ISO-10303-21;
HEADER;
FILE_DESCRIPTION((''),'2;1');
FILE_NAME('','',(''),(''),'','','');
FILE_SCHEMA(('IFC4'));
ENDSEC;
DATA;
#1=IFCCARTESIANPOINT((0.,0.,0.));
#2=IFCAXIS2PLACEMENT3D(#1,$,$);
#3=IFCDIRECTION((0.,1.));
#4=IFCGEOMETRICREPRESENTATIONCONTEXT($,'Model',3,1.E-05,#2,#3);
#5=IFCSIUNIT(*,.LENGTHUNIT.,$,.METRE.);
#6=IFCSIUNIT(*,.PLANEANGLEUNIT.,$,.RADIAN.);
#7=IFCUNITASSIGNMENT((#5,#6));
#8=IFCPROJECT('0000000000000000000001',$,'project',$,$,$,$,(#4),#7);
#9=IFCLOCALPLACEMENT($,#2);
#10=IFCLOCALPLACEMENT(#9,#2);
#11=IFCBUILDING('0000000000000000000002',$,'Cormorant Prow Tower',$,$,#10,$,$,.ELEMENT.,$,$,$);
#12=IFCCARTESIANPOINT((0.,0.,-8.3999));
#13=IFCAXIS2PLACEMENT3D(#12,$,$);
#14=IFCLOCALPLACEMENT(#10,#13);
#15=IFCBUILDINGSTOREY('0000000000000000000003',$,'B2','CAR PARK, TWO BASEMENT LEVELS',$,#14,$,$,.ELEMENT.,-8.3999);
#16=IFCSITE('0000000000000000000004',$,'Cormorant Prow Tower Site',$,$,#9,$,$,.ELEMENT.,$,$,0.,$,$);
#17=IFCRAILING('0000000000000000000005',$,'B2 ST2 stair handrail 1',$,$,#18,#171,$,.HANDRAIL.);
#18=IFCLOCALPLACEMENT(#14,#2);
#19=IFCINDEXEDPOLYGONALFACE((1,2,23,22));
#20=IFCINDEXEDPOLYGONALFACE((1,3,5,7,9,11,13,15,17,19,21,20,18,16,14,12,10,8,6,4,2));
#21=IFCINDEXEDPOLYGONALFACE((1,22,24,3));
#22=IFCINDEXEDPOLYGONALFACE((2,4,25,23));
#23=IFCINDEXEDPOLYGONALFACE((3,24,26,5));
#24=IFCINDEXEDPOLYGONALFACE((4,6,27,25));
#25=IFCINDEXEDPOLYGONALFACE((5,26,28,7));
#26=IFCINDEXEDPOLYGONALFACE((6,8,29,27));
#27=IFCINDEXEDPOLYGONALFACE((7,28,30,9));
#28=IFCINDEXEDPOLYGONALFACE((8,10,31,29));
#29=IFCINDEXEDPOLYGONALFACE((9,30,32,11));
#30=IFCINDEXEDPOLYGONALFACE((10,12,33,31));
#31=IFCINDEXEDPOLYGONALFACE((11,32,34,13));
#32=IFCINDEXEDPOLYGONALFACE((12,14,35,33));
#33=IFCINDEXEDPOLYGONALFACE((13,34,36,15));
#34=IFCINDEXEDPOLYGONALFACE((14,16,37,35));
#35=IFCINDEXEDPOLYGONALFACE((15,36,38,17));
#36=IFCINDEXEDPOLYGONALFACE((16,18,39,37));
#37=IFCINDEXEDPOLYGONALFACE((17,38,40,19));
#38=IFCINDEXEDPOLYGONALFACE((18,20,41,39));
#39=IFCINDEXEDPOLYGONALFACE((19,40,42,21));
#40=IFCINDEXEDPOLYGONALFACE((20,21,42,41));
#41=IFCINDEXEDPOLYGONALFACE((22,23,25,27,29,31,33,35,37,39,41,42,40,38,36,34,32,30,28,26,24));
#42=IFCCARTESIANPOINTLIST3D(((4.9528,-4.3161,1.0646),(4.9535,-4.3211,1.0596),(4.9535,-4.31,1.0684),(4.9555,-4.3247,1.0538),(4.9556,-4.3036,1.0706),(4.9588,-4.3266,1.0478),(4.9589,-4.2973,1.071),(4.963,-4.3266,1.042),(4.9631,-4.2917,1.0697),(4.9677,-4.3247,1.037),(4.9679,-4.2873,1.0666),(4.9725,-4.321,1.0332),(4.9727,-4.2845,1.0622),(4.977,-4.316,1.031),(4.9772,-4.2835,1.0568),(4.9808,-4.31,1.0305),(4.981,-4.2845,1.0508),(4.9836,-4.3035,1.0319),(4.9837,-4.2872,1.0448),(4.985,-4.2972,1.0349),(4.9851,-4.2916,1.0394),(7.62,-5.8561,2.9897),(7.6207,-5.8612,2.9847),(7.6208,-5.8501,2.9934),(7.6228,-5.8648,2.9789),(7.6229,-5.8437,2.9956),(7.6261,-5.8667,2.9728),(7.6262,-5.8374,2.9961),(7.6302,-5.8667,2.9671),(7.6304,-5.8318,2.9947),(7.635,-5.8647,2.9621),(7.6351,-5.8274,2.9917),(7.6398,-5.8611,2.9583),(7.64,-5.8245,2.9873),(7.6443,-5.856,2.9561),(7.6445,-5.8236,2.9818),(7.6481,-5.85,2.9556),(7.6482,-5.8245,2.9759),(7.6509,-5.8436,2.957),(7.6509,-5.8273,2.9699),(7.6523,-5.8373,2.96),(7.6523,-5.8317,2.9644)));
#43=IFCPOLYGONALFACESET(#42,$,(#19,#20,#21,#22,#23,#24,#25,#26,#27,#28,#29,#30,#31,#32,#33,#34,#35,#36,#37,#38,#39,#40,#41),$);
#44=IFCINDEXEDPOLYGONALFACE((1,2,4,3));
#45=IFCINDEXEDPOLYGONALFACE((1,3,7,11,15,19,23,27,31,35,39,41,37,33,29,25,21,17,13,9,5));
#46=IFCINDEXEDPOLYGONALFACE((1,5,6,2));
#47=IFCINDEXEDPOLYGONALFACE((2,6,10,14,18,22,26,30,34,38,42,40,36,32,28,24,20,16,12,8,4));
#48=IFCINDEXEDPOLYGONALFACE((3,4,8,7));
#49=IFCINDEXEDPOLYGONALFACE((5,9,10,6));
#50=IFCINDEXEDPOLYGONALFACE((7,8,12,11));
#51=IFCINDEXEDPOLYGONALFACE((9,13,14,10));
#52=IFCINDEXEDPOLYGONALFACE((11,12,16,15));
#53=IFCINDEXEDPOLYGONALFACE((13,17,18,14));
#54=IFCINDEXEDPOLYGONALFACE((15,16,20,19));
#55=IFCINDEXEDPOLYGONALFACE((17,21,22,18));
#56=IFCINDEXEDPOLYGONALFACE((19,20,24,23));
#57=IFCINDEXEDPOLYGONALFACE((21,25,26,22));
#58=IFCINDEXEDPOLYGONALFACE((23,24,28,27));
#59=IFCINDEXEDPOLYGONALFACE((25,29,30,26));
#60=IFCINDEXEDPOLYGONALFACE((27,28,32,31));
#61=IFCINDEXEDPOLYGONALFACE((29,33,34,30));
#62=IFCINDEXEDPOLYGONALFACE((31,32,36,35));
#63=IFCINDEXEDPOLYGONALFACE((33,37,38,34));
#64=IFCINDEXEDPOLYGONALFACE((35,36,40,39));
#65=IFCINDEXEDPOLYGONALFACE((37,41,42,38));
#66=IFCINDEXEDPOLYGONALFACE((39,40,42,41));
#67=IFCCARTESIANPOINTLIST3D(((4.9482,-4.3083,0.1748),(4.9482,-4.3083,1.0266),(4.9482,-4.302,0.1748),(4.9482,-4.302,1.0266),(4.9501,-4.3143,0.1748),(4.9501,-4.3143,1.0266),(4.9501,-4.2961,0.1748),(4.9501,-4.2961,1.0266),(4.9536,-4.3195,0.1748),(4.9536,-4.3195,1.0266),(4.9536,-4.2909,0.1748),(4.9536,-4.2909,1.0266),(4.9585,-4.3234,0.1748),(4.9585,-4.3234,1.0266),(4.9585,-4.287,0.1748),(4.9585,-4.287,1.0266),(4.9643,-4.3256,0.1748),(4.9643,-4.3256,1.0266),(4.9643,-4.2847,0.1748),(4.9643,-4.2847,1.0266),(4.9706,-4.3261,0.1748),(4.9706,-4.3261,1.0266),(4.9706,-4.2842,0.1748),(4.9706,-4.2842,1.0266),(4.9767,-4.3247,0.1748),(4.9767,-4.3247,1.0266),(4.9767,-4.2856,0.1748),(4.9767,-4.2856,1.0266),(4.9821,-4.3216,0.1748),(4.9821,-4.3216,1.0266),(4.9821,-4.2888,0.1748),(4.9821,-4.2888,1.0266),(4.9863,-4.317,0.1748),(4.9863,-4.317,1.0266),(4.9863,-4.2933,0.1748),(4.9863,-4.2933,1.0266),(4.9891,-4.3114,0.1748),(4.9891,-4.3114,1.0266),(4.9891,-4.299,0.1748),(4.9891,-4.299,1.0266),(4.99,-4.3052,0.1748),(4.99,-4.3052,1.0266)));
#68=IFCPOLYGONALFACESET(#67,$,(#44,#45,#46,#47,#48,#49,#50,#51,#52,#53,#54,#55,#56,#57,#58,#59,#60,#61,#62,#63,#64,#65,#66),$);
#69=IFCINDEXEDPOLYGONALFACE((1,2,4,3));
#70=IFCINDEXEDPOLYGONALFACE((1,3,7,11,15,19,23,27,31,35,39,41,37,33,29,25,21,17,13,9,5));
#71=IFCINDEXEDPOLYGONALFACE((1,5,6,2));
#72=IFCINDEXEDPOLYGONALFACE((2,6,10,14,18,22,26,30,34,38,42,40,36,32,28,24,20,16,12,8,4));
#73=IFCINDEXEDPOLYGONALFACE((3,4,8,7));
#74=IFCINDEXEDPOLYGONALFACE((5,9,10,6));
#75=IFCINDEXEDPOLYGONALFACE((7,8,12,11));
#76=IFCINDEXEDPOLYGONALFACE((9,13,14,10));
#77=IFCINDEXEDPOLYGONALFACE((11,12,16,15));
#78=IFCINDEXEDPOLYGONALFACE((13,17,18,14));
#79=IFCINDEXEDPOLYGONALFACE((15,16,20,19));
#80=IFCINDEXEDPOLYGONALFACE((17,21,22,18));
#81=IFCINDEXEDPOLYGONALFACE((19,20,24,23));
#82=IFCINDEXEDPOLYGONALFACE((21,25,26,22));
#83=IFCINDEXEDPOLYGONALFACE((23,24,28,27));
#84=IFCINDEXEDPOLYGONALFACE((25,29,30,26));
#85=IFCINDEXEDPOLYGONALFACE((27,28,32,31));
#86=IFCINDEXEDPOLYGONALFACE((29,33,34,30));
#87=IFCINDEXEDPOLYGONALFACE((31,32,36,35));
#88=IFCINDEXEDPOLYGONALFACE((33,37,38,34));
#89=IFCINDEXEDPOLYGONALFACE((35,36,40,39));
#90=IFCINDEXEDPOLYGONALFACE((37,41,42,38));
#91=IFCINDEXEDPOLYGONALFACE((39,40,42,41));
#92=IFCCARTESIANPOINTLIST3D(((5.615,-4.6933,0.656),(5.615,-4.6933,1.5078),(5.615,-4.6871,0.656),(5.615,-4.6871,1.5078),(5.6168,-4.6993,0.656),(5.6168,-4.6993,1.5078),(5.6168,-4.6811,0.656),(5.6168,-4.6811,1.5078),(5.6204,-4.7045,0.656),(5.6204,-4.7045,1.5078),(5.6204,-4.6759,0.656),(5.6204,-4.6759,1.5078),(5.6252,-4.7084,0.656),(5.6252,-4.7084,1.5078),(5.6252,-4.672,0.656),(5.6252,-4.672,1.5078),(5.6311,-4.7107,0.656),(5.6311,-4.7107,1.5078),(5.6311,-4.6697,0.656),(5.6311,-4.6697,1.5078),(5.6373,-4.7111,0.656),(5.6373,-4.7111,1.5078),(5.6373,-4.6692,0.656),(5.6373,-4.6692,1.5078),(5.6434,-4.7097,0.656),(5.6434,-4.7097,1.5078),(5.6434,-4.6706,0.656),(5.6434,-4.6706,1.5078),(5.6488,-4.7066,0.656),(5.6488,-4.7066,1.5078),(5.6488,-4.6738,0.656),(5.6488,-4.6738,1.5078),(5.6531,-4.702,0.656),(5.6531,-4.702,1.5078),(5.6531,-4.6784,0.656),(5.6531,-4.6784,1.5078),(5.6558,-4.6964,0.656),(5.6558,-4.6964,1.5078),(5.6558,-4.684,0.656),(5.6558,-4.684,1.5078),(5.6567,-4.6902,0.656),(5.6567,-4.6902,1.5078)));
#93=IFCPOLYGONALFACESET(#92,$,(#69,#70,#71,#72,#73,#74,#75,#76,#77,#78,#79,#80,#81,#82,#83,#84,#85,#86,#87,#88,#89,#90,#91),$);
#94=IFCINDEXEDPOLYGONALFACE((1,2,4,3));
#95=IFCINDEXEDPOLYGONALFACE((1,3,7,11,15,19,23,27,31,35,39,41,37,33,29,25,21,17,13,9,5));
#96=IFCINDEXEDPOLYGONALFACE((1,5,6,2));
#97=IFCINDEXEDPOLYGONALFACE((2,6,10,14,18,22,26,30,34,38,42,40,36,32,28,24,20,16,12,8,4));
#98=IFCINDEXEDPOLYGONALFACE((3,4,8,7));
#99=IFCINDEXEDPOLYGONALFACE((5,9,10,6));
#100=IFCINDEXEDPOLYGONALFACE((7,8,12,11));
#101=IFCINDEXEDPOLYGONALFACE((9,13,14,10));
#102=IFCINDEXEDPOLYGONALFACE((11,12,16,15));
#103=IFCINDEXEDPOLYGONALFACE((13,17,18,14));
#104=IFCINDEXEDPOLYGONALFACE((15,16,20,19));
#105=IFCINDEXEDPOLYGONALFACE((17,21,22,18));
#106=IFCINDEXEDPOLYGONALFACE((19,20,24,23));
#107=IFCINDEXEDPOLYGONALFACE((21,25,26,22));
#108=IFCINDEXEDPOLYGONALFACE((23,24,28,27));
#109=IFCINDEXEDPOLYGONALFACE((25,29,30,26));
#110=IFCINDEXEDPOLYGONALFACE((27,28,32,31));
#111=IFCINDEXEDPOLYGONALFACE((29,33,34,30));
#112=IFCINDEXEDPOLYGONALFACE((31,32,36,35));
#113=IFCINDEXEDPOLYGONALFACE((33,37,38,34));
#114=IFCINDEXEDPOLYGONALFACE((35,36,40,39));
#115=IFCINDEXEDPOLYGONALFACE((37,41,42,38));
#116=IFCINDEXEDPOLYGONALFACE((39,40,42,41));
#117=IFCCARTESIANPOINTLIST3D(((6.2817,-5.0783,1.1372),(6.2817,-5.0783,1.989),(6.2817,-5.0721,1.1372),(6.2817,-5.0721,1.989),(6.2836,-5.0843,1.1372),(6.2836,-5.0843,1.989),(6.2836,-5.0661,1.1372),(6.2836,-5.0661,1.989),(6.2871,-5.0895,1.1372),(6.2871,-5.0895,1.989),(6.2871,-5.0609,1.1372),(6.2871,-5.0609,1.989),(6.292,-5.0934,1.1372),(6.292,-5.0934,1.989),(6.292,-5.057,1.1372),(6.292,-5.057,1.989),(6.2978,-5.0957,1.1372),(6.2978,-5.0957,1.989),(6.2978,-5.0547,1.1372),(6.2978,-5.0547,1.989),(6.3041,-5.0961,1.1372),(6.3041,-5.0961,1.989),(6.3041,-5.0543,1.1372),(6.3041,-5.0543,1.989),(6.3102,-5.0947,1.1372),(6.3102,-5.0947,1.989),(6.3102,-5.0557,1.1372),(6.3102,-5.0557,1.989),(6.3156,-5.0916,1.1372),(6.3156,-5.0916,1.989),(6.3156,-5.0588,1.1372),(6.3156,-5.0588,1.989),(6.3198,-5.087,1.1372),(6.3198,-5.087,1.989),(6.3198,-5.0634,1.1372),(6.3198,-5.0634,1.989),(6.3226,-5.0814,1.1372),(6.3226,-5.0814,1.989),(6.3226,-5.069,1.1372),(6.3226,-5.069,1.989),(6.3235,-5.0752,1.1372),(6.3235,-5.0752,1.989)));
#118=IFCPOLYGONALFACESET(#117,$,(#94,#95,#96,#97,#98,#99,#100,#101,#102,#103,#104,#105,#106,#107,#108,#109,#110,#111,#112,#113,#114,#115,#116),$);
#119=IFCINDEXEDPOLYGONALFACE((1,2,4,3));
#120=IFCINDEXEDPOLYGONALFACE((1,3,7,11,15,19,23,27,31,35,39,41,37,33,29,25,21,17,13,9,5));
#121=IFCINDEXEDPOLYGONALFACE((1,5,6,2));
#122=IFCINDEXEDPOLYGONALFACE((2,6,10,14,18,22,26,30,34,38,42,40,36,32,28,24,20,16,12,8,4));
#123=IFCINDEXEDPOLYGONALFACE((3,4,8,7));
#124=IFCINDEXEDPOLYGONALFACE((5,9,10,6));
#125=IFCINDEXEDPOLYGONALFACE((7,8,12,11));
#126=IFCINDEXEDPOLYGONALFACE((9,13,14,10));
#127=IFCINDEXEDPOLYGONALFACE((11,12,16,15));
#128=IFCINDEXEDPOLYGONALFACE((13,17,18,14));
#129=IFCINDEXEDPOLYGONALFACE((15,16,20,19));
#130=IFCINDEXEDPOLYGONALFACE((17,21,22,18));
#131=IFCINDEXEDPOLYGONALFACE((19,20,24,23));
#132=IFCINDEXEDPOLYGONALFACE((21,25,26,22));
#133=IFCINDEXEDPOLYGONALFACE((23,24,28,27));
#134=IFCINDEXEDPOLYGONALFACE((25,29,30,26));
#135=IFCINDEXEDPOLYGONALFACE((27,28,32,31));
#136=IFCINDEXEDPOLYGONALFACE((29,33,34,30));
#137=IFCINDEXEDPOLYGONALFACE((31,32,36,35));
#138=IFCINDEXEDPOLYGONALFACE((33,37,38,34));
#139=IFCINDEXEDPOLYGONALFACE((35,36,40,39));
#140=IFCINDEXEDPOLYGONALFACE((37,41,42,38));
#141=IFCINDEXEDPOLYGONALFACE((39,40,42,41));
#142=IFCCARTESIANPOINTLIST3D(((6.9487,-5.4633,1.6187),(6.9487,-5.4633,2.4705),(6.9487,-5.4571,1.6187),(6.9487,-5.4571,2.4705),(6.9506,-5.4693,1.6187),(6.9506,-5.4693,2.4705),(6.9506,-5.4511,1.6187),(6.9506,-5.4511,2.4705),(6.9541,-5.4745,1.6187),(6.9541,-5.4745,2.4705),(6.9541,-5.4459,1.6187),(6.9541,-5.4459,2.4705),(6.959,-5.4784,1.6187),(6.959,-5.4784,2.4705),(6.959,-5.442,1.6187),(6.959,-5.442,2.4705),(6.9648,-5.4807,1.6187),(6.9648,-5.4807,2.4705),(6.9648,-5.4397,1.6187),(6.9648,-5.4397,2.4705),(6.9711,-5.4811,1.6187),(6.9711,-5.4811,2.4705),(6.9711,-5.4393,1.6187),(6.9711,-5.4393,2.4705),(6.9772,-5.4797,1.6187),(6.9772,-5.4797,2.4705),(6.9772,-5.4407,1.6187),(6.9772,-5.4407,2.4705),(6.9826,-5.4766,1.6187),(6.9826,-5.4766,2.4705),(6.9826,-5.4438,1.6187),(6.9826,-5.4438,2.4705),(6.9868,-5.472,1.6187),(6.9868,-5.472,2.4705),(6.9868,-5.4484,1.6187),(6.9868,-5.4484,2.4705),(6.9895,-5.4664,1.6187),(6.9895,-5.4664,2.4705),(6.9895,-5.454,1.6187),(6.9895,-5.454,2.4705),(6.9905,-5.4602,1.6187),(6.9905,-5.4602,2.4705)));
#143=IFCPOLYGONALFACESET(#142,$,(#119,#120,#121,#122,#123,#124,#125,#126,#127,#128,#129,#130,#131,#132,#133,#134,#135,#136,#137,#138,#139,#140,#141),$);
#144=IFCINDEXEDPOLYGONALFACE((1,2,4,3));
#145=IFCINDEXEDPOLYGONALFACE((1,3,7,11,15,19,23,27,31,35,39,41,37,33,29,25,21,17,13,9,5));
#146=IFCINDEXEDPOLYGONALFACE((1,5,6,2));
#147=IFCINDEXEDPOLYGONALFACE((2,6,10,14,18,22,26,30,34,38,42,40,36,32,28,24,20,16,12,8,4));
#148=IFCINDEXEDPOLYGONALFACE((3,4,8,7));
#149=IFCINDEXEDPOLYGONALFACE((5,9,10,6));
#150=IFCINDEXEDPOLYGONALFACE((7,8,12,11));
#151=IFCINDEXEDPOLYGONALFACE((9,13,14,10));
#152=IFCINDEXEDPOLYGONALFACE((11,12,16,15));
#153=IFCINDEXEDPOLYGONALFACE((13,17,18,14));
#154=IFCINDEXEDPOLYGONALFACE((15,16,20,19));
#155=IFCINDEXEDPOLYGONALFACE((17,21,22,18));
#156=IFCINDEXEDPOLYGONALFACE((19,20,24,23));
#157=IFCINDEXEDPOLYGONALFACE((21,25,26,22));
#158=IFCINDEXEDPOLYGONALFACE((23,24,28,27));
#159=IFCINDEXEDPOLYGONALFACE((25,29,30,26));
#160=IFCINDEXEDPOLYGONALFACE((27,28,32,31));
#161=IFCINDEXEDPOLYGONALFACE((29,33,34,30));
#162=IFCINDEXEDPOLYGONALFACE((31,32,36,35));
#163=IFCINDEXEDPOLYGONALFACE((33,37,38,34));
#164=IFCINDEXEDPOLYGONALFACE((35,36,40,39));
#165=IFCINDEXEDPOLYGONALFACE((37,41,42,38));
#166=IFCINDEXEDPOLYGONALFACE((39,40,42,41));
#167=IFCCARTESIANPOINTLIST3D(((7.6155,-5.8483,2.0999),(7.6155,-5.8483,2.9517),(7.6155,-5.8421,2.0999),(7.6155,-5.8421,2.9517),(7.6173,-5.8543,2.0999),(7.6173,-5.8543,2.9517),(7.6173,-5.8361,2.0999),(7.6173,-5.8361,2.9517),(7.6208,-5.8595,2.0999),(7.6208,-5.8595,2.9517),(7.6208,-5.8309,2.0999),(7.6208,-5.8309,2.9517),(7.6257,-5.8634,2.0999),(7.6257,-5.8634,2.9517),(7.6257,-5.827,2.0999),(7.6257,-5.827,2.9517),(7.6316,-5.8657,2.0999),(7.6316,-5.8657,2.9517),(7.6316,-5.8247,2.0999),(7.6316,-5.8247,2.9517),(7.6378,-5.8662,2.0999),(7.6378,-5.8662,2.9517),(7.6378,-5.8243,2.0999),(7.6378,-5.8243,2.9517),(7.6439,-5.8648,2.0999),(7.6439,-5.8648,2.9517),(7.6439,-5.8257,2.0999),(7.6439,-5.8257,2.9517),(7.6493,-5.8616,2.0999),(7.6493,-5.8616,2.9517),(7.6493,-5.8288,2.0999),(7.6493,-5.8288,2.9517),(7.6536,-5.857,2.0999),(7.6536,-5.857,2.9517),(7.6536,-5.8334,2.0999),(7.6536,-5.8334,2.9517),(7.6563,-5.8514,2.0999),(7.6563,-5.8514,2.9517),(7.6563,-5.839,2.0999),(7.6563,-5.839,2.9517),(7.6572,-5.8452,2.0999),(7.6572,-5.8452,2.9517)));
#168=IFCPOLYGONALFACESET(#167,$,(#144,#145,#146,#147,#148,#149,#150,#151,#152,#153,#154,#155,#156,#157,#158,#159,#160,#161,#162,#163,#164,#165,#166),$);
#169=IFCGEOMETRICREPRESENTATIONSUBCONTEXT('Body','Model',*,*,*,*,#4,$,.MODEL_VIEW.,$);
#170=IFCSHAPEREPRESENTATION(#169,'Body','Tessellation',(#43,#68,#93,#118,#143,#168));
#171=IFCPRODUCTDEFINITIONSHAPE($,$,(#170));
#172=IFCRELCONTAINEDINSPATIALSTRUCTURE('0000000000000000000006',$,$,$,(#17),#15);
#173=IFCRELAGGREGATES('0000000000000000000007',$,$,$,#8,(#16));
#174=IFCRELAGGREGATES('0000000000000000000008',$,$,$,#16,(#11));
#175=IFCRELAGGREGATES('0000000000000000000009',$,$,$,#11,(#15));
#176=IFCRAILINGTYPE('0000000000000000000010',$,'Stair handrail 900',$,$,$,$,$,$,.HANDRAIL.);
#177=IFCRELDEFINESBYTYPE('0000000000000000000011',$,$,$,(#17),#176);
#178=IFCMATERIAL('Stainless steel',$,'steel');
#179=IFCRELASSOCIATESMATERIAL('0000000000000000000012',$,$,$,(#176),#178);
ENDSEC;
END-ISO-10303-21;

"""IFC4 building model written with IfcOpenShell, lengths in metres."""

from ifc_helpers import new_model, si_unit, direction, frame, origin, origin_2d, place, context, subcontext, project, spatial, circle, extrude, material, type_object, element, save


model = new_model("IFC4")

# Units and contexts
model_context = context("Model", 3, precision=1e-05, world=origin(), true_north=direction((0.0, 1.0)))
body_context = subcontext(model_context, "Body", "Model", "MODEL_VIEW")
ifc_project = project(units=[si_unit("LENGTHUNIT", "METRE"), si_unit("PLANEANGLEUNIT", "RADIAN")], contexts=[model_context])

# Site, building, storey
site_placement = place(None, origin())
site = spatial("IfcSite", under=ifc_project, at=site_placement, Name="Cormorant Prow Tower Site", CompositionType="ELEMENT", RefElevation=0.0)
building_placement = place(site_placement, origin())
building = spatial("IfcBuilding", under=site, at=building_placement, Name="Cormorant Prow Tower", CompositionType="ELEMENT")
storey_placement = place(building_placement, frame((0.0, 0.0, -8.3999)))
storey = spatial("IfcBuildingStorey", under=building, at=storey_placement, Name="B2", Description="CAR PARK, TWO BASEMENT LEVELS", CompositionType="ELEMENT", Elevation=-8.3999)

# Railing
ifc_material_1 = material(Name="Stainless steel", Category="steel")
railing_type_1 = type_object("IfcRailingType", Name="Stair handrail 900", PredefinedType="HANDRAIL", material=ifc_material_1)
railing_1_placement = place(storey_placement, frame((4.969, -4.3052, 0.1748)))
element("IfcRailing", 1, at=railing_1_placement, inside=storey, type_object=railing_type_1, Name="B2 ST2 stair handrail 1", PredefinedType="HANDRAIL", context=body_context, shape_type="SweptSolid", body=[
    extrude(circle(Radius=0.0239, at=origin_2d()), frame((0.0, 0.0, 0.876), z_axis=(0.734364, -0.424015, 0.530019), x_axis=(0.500027, 0.86601, 0.0)), (0.0, 0.0, 1.0), 3.6321),
    extrude(circle(Radius=0.021, at=origin_2d()), origin(), (0.0, 0.0, 1.0), 0.8518),
    extrude(circle(Radius=0.021, at=origin_2d()), frame((0.6667, -0.385, 0.4812)), (0.0, 0.0, 1.0), 0.8518),
    extrude(circle(Radius=0.021, at=origin_2d()), frame((1.3335, -0.77, 0.9624)), (0.0, 0.0, 1.0), 0.8518),
    extrude(circle(Radius=0.021, at=origin_2d()), frame((2.0005, -1.155, 1.4438)), (0.0, 0.0, 1.0), 0.8518),
    extrude(circle(Radius=0.021, at=origin_2d()), frame((2.6672, -1.54, 1.925)), (0.0, 0.0, 1.0), 0.8518),
])

save(model, "model.ifc")
